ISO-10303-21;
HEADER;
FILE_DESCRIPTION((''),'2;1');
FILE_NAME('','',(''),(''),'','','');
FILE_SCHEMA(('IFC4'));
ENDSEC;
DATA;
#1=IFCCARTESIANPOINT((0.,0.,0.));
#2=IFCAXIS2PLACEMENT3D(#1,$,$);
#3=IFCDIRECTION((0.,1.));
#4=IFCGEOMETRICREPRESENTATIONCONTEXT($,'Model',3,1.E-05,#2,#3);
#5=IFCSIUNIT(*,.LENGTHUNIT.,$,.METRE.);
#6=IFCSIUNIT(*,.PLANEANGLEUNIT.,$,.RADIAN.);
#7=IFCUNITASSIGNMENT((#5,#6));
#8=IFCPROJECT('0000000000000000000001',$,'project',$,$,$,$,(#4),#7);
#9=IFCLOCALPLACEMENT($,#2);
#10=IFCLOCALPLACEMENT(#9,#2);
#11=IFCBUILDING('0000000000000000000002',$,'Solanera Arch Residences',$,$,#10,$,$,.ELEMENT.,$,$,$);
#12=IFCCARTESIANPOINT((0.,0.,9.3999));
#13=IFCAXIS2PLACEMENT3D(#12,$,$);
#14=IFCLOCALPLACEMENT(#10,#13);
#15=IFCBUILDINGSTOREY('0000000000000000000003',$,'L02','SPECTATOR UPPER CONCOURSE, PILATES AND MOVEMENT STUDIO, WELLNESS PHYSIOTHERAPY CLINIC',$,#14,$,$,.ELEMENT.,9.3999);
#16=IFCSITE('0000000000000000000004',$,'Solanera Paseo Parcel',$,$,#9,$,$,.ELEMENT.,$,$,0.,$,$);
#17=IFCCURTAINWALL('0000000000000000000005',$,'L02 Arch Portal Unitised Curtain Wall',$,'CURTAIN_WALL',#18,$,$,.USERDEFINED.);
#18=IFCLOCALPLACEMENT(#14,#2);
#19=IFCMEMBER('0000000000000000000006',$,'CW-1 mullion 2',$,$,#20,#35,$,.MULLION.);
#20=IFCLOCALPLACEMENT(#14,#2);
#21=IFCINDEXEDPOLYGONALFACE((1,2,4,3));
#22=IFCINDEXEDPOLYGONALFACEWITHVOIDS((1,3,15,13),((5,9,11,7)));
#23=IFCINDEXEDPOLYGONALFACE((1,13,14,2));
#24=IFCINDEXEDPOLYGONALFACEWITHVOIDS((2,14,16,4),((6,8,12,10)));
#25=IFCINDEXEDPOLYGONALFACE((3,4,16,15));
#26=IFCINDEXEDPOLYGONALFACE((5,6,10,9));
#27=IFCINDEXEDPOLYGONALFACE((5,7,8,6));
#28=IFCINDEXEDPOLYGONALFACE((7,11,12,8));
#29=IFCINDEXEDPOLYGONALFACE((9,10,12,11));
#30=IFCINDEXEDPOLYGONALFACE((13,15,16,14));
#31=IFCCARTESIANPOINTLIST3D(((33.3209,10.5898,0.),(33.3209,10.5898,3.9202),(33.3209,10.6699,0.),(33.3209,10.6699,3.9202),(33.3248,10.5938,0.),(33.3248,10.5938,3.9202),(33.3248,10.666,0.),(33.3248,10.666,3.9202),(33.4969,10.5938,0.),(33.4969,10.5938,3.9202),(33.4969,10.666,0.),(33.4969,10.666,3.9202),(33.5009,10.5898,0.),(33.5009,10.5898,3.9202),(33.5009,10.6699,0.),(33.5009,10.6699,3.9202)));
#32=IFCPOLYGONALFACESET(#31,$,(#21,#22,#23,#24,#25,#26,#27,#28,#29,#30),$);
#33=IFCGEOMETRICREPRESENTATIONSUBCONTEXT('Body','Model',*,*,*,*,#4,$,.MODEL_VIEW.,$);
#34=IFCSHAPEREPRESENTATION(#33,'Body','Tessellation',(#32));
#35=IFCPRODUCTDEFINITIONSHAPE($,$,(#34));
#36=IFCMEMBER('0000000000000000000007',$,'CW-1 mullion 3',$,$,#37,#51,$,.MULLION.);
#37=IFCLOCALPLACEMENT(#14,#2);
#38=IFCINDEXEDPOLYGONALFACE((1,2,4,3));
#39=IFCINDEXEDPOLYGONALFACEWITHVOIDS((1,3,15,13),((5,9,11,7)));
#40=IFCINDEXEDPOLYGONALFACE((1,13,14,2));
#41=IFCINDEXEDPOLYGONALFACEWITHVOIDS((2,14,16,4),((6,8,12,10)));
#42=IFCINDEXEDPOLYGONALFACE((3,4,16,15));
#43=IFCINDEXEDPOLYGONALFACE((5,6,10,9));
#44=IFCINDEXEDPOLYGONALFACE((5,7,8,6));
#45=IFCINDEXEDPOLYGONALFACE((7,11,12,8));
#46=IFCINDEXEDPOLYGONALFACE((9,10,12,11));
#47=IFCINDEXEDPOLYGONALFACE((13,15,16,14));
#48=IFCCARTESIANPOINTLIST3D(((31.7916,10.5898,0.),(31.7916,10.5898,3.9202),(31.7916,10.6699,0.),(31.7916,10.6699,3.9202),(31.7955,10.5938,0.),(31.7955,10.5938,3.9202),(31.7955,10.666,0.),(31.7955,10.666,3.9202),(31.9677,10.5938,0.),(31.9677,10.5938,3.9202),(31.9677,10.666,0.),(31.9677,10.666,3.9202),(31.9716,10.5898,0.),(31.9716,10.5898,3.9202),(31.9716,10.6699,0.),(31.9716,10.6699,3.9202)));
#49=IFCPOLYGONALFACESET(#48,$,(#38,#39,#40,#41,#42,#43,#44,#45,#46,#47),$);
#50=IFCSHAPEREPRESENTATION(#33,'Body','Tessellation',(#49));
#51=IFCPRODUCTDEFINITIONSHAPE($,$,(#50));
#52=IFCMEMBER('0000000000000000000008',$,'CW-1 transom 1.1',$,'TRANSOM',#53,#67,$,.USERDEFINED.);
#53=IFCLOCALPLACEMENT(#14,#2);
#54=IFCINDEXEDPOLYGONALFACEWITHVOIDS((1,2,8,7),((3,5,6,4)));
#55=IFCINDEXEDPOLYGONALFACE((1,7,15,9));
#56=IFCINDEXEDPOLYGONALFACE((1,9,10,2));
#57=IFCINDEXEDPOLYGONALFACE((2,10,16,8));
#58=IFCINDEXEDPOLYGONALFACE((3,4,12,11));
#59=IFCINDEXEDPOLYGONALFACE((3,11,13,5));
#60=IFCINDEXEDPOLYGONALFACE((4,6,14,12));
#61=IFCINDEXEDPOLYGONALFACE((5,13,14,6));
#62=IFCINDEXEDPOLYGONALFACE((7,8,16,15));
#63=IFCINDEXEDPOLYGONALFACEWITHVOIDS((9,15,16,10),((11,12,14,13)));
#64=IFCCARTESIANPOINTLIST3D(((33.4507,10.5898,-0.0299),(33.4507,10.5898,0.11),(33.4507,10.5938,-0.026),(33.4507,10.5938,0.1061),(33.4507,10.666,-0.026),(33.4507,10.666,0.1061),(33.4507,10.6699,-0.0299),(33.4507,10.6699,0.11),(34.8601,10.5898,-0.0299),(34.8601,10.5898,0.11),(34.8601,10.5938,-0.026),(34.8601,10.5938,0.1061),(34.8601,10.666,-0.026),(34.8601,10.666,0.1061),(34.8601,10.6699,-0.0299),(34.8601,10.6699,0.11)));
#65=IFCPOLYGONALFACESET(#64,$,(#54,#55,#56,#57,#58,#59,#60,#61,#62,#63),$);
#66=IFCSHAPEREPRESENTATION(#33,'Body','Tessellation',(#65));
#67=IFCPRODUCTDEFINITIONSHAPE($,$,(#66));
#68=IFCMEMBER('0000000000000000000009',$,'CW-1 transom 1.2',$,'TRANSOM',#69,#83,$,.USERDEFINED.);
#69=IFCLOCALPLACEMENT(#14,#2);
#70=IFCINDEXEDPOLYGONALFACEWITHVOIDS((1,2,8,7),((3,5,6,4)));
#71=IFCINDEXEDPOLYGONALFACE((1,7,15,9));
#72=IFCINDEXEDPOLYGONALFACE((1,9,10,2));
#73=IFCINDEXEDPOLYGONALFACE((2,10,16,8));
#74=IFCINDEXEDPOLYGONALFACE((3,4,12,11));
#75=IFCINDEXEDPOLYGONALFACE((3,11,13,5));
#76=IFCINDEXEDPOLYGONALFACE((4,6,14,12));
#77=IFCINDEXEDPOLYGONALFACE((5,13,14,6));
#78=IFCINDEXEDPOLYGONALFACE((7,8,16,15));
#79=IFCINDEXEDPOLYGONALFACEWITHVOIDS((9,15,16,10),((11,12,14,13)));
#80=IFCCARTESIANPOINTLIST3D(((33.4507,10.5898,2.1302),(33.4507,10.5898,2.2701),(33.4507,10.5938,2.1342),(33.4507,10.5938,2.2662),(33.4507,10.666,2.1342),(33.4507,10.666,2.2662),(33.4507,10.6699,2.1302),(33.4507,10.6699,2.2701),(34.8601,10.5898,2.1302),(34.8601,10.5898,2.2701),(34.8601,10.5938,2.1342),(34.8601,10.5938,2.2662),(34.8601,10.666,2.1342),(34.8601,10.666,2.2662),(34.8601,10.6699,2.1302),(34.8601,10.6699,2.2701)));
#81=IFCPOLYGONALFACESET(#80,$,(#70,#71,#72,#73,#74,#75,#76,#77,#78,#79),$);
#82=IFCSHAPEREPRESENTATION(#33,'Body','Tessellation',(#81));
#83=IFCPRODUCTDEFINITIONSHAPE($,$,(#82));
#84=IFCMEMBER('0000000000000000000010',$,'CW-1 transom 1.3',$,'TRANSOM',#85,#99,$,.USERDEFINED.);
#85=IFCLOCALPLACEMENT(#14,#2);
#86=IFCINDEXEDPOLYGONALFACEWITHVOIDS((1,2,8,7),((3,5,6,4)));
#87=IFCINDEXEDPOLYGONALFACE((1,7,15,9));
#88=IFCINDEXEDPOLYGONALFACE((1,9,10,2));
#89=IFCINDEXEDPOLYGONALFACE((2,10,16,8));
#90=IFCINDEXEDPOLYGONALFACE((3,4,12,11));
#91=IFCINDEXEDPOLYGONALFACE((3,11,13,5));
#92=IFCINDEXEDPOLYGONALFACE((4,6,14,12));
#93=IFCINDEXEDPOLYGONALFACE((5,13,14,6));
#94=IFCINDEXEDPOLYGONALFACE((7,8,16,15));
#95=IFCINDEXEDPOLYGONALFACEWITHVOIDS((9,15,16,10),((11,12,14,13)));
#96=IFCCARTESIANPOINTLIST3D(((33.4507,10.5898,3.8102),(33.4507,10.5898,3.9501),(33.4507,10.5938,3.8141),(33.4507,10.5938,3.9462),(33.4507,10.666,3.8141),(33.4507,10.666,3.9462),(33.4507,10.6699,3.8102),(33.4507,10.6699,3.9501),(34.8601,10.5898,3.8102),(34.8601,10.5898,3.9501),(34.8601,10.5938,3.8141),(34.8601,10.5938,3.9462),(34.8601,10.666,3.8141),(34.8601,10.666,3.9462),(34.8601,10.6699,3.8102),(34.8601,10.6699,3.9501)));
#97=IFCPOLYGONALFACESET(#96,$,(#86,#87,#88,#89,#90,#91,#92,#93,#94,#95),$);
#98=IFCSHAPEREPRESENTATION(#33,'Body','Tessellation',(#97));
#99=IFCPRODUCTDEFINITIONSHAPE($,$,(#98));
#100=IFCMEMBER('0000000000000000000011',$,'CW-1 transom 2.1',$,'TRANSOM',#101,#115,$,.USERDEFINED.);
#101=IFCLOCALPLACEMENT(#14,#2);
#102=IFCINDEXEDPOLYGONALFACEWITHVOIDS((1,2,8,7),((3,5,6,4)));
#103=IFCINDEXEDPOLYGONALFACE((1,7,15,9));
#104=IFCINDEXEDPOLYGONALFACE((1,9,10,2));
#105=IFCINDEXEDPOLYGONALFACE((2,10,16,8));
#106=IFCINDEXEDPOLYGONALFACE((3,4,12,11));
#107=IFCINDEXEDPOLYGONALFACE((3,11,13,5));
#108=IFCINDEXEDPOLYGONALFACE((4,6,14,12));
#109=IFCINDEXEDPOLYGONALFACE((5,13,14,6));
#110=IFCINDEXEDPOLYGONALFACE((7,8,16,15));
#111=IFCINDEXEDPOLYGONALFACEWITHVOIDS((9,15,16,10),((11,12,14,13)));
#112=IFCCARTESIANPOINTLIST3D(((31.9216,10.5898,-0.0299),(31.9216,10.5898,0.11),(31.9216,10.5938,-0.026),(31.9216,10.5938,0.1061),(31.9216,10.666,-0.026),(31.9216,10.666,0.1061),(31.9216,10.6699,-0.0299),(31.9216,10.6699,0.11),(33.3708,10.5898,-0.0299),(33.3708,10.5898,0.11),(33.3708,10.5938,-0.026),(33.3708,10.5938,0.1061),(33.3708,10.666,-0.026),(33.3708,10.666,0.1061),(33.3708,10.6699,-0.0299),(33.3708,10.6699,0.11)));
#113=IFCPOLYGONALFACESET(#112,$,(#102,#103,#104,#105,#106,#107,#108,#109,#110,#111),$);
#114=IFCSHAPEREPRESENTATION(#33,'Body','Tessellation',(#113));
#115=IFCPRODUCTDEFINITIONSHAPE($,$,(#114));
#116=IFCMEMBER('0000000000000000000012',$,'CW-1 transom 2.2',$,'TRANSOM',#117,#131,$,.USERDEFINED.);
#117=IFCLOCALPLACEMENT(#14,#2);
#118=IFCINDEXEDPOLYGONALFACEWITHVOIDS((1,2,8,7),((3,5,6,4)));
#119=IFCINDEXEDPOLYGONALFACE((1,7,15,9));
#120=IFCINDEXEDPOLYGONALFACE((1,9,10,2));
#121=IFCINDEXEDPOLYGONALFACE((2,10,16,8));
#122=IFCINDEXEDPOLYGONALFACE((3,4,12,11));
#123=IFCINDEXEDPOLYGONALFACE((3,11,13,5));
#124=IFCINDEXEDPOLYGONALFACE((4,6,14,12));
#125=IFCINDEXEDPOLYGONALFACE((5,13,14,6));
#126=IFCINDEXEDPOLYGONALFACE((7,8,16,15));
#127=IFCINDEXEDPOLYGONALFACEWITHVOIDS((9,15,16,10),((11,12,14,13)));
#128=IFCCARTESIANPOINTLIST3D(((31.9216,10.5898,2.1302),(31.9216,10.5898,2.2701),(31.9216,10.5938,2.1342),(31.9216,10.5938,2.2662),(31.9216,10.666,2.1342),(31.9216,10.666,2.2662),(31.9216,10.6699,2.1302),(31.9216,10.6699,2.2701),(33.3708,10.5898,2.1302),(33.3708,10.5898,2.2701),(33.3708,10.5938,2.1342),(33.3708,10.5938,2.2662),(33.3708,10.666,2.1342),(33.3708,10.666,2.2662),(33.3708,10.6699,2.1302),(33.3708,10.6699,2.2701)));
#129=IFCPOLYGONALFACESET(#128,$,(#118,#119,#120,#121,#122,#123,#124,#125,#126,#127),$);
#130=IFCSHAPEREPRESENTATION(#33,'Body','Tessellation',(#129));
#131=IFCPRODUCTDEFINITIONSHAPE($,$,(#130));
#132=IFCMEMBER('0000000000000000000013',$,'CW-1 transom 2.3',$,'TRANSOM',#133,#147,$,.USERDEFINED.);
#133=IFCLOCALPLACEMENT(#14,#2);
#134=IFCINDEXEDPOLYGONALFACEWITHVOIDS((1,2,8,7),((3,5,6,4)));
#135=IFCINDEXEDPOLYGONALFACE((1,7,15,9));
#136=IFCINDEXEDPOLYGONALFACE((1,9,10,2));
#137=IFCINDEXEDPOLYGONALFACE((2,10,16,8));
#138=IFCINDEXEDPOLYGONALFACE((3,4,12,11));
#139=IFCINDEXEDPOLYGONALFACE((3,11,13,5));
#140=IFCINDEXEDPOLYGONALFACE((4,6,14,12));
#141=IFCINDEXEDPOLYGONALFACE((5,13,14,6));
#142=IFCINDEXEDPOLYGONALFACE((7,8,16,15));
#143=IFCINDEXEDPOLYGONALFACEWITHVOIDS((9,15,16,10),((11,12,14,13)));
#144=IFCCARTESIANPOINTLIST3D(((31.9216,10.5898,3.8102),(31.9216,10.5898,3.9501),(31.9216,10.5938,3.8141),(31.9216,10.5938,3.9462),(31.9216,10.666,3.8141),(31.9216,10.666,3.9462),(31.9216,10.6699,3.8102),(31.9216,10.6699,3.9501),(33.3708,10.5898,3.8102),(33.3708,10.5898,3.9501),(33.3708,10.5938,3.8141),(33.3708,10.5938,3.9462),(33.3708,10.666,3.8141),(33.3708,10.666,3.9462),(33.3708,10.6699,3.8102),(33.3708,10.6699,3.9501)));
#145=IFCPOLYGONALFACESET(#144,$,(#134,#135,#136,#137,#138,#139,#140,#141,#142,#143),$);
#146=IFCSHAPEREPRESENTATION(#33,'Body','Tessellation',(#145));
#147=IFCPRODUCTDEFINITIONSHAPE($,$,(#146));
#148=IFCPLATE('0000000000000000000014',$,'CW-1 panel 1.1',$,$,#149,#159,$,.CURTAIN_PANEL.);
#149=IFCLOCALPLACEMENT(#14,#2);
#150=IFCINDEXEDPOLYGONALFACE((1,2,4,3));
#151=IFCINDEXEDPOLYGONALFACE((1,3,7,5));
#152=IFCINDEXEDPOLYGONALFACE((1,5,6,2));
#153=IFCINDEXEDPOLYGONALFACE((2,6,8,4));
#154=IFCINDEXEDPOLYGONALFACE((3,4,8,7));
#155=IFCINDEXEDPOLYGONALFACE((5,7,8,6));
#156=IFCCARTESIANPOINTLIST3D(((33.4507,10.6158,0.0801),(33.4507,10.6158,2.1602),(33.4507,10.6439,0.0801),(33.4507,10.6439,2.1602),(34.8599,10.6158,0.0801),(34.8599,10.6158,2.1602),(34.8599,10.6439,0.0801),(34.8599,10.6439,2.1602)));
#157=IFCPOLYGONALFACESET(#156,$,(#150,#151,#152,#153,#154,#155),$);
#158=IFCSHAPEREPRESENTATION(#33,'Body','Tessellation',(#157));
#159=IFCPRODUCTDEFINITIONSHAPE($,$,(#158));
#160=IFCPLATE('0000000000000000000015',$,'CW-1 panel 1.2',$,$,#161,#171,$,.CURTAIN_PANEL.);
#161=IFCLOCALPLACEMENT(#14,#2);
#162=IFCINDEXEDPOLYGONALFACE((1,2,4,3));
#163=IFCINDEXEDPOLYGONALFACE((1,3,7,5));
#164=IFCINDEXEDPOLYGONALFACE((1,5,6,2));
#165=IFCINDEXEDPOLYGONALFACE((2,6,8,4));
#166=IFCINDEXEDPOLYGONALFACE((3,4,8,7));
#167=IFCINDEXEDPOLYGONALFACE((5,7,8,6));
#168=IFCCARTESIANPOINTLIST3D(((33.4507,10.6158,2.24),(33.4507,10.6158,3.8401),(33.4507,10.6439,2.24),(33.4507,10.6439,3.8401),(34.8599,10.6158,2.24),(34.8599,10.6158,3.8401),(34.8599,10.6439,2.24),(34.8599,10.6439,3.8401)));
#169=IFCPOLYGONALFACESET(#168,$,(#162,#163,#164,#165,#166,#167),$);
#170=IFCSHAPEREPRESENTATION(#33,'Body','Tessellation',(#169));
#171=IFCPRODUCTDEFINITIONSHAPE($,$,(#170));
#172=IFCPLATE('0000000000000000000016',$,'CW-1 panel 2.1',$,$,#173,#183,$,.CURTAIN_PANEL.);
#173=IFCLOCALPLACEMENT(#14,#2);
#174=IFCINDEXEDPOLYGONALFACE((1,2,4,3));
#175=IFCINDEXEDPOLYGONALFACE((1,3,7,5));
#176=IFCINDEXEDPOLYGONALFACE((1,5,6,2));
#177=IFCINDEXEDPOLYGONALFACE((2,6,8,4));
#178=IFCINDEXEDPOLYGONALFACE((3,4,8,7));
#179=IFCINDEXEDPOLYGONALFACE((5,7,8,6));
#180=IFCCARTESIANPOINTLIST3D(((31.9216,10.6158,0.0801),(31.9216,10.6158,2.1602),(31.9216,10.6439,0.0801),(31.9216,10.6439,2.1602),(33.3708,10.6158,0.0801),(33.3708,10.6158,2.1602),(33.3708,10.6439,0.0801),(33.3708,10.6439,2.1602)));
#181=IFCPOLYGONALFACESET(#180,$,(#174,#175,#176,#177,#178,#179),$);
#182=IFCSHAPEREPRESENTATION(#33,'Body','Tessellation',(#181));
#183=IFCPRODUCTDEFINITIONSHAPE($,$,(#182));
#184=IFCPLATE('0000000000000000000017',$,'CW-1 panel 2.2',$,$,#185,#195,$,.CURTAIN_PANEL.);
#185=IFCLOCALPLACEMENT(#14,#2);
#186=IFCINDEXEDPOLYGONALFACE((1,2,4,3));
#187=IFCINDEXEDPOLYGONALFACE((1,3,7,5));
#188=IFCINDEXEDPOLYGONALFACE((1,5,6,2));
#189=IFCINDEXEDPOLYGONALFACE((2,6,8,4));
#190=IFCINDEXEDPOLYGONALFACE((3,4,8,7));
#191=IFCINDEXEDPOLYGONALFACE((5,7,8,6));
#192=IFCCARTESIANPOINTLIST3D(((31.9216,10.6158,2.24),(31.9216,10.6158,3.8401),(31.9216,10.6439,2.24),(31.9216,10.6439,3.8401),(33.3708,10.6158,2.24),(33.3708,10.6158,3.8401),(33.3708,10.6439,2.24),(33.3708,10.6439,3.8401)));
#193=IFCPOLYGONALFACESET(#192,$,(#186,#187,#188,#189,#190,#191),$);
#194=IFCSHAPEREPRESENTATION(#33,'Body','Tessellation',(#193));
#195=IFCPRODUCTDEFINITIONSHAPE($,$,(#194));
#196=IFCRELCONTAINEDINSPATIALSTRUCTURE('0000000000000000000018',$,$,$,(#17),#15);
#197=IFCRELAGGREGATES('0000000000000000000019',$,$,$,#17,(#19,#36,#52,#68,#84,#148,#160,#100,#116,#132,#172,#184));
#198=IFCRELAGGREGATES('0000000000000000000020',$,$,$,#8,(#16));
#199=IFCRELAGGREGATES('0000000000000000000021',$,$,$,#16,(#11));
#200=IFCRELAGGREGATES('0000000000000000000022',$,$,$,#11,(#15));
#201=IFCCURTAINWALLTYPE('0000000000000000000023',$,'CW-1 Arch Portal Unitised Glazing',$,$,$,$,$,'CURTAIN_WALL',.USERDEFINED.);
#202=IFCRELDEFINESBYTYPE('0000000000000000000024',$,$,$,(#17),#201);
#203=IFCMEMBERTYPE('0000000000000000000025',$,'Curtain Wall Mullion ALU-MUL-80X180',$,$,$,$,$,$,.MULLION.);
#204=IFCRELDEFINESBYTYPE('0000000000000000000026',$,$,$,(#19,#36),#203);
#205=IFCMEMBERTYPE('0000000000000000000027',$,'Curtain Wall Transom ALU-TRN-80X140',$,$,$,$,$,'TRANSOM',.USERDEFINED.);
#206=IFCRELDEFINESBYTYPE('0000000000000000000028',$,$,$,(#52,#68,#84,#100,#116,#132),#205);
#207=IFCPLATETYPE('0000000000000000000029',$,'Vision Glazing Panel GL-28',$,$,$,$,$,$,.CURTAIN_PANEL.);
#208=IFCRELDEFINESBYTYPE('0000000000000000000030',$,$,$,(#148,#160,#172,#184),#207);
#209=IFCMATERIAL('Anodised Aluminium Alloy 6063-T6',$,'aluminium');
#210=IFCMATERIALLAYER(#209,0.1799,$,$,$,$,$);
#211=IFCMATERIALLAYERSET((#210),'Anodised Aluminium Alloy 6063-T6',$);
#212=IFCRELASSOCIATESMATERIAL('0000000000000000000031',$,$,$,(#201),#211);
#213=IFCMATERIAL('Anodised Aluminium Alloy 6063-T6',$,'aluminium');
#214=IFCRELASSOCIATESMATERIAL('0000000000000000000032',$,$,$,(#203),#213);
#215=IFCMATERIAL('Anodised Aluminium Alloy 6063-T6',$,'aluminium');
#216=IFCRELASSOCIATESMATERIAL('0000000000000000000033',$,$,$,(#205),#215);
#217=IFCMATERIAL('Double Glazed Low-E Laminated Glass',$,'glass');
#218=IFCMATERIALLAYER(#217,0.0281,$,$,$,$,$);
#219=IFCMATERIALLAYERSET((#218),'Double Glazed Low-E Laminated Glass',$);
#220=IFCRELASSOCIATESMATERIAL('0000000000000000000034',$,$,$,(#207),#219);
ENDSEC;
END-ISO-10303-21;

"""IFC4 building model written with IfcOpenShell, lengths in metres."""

from ifc_helpers import new_model, si_unit, direction, frame, origin, origin_2d, place, context, subcontext, project, spatial, rectangle, hollow_rectangle, extrude, material, layer, layer_set, material_profile, profile_set, type_object, element, aggregate, save


model = new_model("IFC4")

# Units and contexts
model_context = context("Model", 3, precision=1e-05, world=origin(), true_north=direction((0.0, 1.0)))
body_context = subcontext(model_context, "Body", "Model", "MODEL_VIEW")
ifc_project = project(units=[si_unit("LENGTHUNIT", "METRE"), si_unit("PLANEANGLEUNIT", "RADIAN")], contexts=[model_context])

# Site, building, storey
site_placement = place(None, origin())
site = spatial("IfcSite", under=ifc_project, at=site_placement, Name="Solanera Paseo Parcel", CompositionType="ELEMENT", RefElevation=0.0)
building_placement = place(site_placement, origin())
building = spatial("IfcBuilding", under=site, at=building_placement, Name="Solanera Arch Residences", CompositionType="ELEMENT")
storey_placement = place(building_placement, frame((0.0, 0.0, 9.3999)))
storey = spatial("IfcBuildingStorey", under=building, at=storey_placement, Name="L02", Description="SPECTATOR UPPER CONCOURSE, PILATES AND MOVEMENT STUDIO, WELLNESS PHYSIOTHERAPY CLINIC", CompositionType="ELEMENT", Elevation=9.3999)

# Curtain wall, members, plates
ifc_material_1 = material(Name="Anodised Aluminium Alloy 6063-T6", Category="aluminium")
ifc_layer_1 = layer(ifc_material_1, 0.1799)
ifc_layer_set_1 = layer_set([ifc_layer_1], Name="Anodised Aluminium Alloy 6063-T6")
curtain_wall_type = type_object("IfcCurtainWallType", Name="CW-1 Arch Portal Unitised Glazing", ElementType="CURTAIN_WALL", PredefinedType="USERDEFINED", material=ifc_layer_set_1)
curtain_wall_placement = place(storey_placement, origin())
curtain_wall = element("IfcCurtainWall", 1, at=curtain_wall_placement, inside=storey, type_object=curtain_wall_type, Name="L02 Arch Portal Unitised Curtain Wall", ObjectType="CURTAIN_WALL", PredefinedType="USERDEFINED")
ifc_material_2 = material(Name="Anodised Aluminium Alloy 6063-T6", Category="aluminium")
ifc_material_profile_1 = material_profile(ifc_material_2, hollow_rectangle(XDim=0.0801, YDim=0.1799, WallThickness=0.0039, at=origin_2d()))
ifc_profile_set_1 = profile_set([ifc_material_profile_1], Name="Anodised Aluminium Alloy 6063-T6")
member_type_1 = type_object("IfcMemberType", Name="Curtain Wall Mullion ALU-MUL-80X180", PredefinedType="MULLION", material=ifc_profile_set_1)
member_1_placement = place(storey_placement, frame((33.4109, 10.6299, 0.0), z_axis=(0.0, 0.0, 1.0), x_axis=(0.0, -1.0, 0.0)))
member_1 = element("IfcMember", 2, at=member_1_placement, type_object=member_type_1, Name="CW-1 mullion 2", PredefinedType="MULLION", context=body_context, shape_type="SweptSolid", body=[
    extrude(hollow_rectangle(XDim=0.0801, YDim=0.1799, WallThickness=0.0039, at=origin_2d()), origin(), (0.0, 0.0, 1.0), 3.9202),
])
member_2_placement = place(storey_placement, frame((31.8816, 10.6299, 0.0), z_axis=(0.0, 0.0, 1.0), x_axis=(0.0, -1.0, 0.0)))
member_2 = element("IfcMember", 3, at=member_2_placement, type_object=member_type_1, Name="CW-1 mullion 3", PredefinedType="MULLION", context=body_context, shape_type="SweptSolid", body=[
    extrude(hollow_rectangle(XDim=0.0801, YDim=0.1799, WallThickness=0.0039, at=origin_2d()), origin(), (0.0, 0.0, 1.0), 3.9202),
])
ifc_material_3 = material(Name="Anodised Aluminium Alloy 6063-T6", Category="aluminium")
ifc_material_profile_2 = material_profile(ifc_material_3, hollow_rectangle(XDim=0.0801, YDim=0.1399, WallThickness=0.0039, at=origin_2d()))
ifc_profile_set_2 = profile_set([ifc_material_profile_2], Name="Anodised Aluminium Alloy 6063-T6")
member_type_2 = type_object("IfcMemberType", Name="Curtain Wall Transom ALU-TRN-80X140", ElementType="TRANSOM", PredefinedType="USERDEFINED", material=ifc_profile_set_2)
member_3_placement = place(storey_placement, frame((34.8601, 10.6299, 0.04), z_axis=(-1.0, 0.0, 0.0), x_axis=(0.0, -1.0, 0.0)))
member_3 = element("IfcMember", 4, at=member_3_placement, type_object=member_type_2, Name="CW-1 transom 1.1", ObjectType="TRANSOM", PredefinedType="USERDEFINED", context=body_context, shape_type="SweptSolid", body=[
    extrude(hollow_rectangle(XDim=0.0801, YDim=0.1399, WallThickness=0.0039, at=origin_2d()), origin(), (0.0, 0.0, 1.0), 1.4094),
])
member_4_placement = place(storey_placement, frame((34.8601, 10.6299, 2.2002), z_axis=(-1.0, 0.0, 0.0), x_axis=(0.0, -1.0, 0.0)))
member_4 = element("IfcMember", 5, at=member_4_placement, type_object=member_type_2, Name="CW-1 transom 1.2", ObjectType="TRANSOM", PredefinedType="USERDEFINED", context=body_context, shape_type="SweptSolid", body=[
    extrude(hollow_rectangle(XDim=0.0801, YDim=0.1399, WallThickness=0.0039, at=origin_2d()), origin(), (0.0, 0.0, 1.0), 1.4094),
])
member_5_placement = place(storey_placement, frame((34.8601, 10.6299, 3.8801), z_axis=(-1.0, 0.0, 0.0), x_axis=(0.0, -1.0, 0.0)))
member_5 = element("IfcMember", 6, at=member_5_placement, type_object=member_type_2, Name="CW-1 transom 1.3", ObjectType="TRANSOM", PredefinedType="USERDEFINED", context=body_context, shape_type="SweptSolid", body=[
    extrude(hollow_rectangle(XDim=0.0801, YDim=0.1399, WallThickness=0.0039, at=origin_2d()), origin(), (0.0, 0.0, 1.0), 1.4094),
])
member_6_placement = place(storey_placement, frame((33.3708, 10.6299, 0.04), z_axis=(-1.0, 0.0, 0.0), x_axis=(0.0, -1.0, 0.0)))
member_6 = element("IfcMember", 7, at=member_6_placement, type_object=member_type_2, Name="CW-1 transom 2.1", ObjectType="TRANSOM", PredefinedType="USERDEFINED", context=body_context, shape_type="SweptSolid", body=[
    extrude(hollow_rectangle(XDim=0.0801, YDim=0.1399, WallThickness=0.0039, at=origin_2d()), origin(), (0.0, 0.0, 1.0), 1.4492),
])
member_7_placement = place(storey_placement, frame((33.3708, 10.6299, 2.2002), z_axis=(-1.0, 0.0, 0.0), x_axis=(0.0, -1.0, 0.0)))
member_7 = element("IfcMember", 8, at=member_7_placement, type_object=member_type_2, Name="CW-1 transom 2.2", ObjectType="TRANSOM", PredefinedType="USERDEFINED", context=body_context, shape_type="SweptSolid", body=[
    extrude(hollow_rectangle(XDim=0.0801, YDim=0.1399, WallThickness=0.0039, at=origin_2d()), origin(), (0.0, 0.0, 1.0), 1.4492),
])
member_8_placement = place(storey_placement, frame((33.3708, 10.6299, 3.8801), z_axis=(-1.0, 0.0, 0.0), x_axis=(0.0, -1.0, 0.0)))
member_8 = element("IfcMember", 9, at=member_8_placement, type_object=member_type_2, Name="CW-1 transom 2.3", ObjectType="TRANSOM", PredefinedType="USERDEFINED", context=body_context, shape_type="SweptSolid", body=[
    extrude(hollow_rectangle(XDim=0.0801, YDim=0.1399, WallThickness=0.0039, at=origin_2d()), origin(), (0.0, 0.0, 1.0), 1.4492),
])
ifc_material_4 = material(Name="Double Glazed Low-E Laminated Glass", Category="glass")
ifc_layer_2 = layer(ifc_material_4, 0.0281)
ifc_layer_set_2 = layer_set([ifc_layer_2], Name="Double Glazed Low-E Laminated Glass")
plate_type = type_object("IfcPlateType", Name="Vision Glazing Panel GL-28", PredefinedType="CURTAIN_PANEL", material=ifc_layer_set_2)
plate_1_placement = place(storey_placement, frame((34.1553, 10.6299, 0.0801), z_axis=(0.0, 0.0, 1.0), x_axis=(-1.0, 0.0, 0.0)))
plate_1 = element("IfcPlate", 10, at=plate_1_placement, type_object=plate_type, Name="CW-1 panel 1.1", PredefinedType="CURTAIN_PANEL", context=body_context, shape_type="SweptSolid", body=[
    extrude(rectangle(XDim=1.4092, YDim=0.0281, at=origin_2d()), origin(), (0.0, 0.0, 1.0), 2.0801),
])
plate_2_placement = place(storey_placement, frame((34.1553, 10.6299, 2.24), z_axis=(0.0, 0.0, 1.0), x_axis=(-1.0, 0.0, 0.0)))
plate_2 = element("IfcPlate", 11, at=plate_2_placement, type_object=plate_type, Name="CW-1 panel 1.2", PredefinedType="CURTAIN_PANEL", context=body_context, shape_type="SweptSolid", body=[
    extrude(rectangle(XDim=1.4092, YDim=0.0281, at=origin_2d()), origin(), (0.0, 0.0, 1.0), 1.6001),
])
plate_3_placement = place(storey_placement, frame((32.6462, 10.6299, 0.0801), z_axis=(0.0, 0.0, 1.0), x_axis=(-1.0, 0.0, 0.0)))
plate_3 = element("IfcPlate", 12, at=plate_3_placement, type_object=plate_type, Name="CW-1 panel 2.1", PredefinedType="CURTAIN_PANEL", context=body_context, shape_type="SweptSolid", body=[
    extrude(rectangle(XDim=1.4492, YDim=0.0281, at=origin_2d()), origin(), (0.0, 0.0, 1.0), 2.0801),
])
plate_4_placement = place(storey_placement, frame((32.6462, 10.6299, 2.24), z_axis=(0.0, 0.0, 1.0), x_axis=(-1.0, 0.0, 0.0)))
plate_4 = element("IfcPlate", 13, at=plate_4_placement, type_object=plate_type, Name="CW-1 panel 2.2", PredefinedType="CURTAIN_PANEL", context=body_context, shape_type="SweptSolid", body=[
    extrude(rectangle(XDim=1.4492, YDim=0.0281, at=origin_2d()), origin(), (0.0, 0.0, 1.0), 1.6001),
])
aggregate(curtain_wall, [member_1, member_2, member_3, member_4, member_5, plate_1, plate_2, member_6, member_7, member_8, plate_3, plate_4])

save(model, "model.ifc")
